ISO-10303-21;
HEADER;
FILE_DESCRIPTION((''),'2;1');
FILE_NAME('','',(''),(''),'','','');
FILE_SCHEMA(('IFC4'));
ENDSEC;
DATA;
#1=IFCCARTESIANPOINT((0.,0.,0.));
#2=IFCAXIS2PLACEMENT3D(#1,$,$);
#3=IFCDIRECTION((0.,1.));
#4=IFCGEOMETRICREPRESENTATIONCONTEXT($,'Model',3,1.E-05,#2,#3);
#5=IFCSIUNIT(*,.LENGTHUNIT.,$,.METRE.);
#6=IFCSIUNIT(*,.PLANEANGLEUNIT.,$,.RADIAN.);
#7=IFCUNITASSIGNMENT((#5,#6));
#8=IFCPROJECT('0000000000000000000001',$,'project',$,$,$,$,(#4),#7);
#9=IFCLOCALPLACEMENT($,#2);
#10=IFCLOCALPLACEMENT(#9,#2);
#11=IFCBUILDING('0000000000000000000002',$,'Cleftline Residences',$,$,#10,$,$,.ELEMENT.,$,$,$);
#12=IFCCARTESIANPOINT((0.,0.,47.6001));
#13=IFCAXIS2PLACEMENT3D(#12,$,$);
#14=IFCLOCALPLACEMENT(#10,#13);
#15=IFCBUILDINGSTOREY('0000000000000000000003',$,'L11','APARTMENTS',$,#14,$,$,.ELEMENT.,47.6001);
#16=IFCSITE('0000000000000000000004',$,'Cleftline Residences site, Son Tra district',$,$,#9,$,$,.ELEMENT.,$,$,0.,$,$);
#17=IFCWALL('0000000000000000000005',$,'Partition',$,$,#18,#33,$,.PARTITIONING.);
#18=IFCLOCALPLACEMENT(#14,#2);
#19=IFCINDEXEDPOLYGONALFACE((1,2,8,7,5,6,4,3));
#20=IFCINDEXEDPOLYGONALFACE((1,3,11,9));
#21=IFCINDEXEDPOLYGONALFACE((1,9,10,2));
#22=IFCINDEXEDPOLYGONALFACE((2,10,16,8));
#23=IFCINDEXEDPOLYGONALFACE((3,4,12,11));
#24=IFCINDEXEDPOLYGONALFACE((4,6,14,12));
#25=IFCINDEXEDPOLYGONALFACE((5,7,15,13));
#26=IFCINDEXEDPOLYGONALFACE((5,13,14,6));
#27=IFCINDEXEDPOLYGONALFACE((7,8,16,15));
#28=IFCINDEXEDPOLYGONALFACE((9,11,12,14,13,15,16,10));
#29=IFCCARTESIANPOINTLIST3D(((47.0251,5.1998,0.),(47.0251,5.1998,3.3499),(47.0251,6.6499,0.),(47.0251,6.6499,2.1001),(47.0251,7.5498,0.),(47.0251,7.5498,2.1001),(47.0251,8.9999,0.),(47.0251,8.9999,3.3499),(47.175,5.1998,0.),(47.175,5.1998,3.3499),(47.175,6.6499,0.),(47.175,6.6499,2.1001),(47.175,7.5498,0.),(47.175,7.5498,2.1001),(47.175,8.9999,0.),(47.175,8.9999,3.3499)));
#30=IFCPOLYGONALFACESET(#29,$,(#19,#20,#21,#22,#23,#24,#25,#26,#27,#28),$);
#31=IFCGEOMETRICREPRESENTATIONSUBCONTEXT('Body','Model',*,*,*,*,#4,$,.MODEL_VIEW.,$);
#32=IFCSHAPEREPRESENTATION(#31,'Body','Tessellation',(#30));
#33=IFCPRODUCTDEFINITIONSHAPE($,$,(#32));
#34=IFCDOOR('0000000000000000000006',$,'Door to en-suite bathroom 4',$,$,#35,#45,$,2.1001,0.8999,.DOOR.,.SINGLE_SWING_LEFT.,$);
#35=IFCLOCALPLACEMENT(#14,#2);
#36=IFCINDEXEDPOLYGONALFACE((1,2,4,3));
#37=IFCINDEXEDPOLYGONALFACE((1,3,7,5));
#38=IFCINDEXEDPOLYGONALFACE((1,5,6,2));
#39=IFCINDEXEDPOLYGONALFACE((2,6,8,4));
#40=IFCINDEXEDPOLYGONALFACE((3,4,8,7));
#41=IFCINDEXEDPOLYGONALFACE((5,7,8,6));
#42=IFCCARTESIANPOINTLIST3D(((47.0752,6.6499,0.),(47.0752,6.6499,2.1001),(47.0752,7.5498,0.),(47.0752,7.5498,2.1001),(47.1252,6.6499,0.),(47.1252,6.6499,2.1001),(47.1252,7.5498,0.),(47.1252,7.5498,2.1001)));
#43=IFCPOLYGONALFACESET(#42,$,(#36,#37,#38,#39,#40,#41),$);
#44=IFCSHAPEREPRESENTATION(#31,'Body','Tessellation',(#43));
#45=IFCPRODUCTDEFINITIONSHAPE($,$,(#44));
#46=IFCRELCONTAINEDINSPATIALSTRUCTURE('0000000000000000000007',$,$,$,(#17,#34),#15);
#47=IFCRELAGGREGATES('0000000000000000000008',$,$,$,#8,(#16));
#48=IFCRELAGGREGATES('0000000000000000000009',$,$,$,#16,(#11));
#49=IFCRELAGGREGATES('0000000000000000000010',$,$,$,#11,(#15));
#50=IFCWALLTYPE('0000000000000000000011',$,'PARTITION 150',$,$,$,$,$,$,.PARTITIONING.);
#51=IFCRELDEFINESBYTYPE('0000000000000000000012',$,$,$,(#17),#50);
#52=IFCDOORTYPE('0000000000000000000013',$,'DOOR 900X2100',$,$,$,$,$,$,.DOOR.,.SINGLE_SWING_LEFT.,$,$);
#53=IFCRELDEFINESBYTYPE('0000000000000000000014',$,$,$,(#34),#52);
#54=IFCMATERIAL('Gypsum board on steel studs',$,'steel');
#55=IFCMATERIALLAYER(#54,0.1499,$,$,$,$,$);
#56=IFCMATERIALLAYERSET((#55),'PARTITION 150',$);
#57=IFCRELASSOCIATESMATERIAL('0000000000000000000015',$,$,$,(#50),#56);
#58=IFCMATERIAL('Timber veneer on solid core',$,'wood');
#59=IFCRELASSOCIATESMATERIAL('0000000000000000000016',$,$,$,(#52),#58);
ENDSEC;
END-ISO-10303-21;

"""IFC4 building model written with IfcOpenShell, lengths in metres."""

from ifc_helpers import new_model, si_unit, direction, frame, frame_2d, origin, place, context, subcontext, project, spatial, rectangle, extrude, material, layer, layer_set, type_object, element, fill, save


model = new_model("IFC4")

# Units and contexts
model_context = context("Model", 3, precision=1e-05, world=origin(), true_north=direction((0.0, 1.0)))
body_context = subcontext(model_context, "Body", "Model", "MODEL_VIEW")
ifc_project = project(units=[si_unit("LENGTHUNIT", "METRE"), si_unit("PLANEANGLEUNIT", "RADIAN")], contexts=[model_context])

# Site, building, storey
site_placement = place(None, origin())
site = spatial("IfcSite", under=ifc_project, at=site_placement, Name="Cleftline Residences site, Son Tra district", CompositionType="ELEMENT", RefElevation=0.0)
building_placement = place(site_placement, origin())
building = spatial("IfcBuilding", under=site, at=building_placement, Name="Cleftline Residences", CompositionType="ELEMENT")
storey_placement = place(building_placement, frame((0.0, 0.0, 47.6001)))
storey = spatial("IfcBuildingStorey", under=building, at=storey_placement, Name="L11", Description="APARTMENTS", CompositionType="ELEMENT", Elevation=47.6001)

# Shared definitions
ifc_material_1 = material(Name="Gypsum board on steel studs", Category="steel")
ifc_layer_1 = layer(ifc_material_1, 0.1499)
ifc_layer_set_1 = layer_set([ifc_layer_1], Name="PARTITION 150")
wall_type = type_object("IfcWallType", Name="PARTITION 150", PredefinedType="PARTITIONING", material=ifc_layer_set_1)

# Shared definitions
ifc_material_2 = material(Name="Timber veneer on solid core", Category="wood")
door_type_1 = type_object("IfcDoorType", Name="DOOR 900X2100", OperationType="SINGLE_SWING_LEFT", PredefinedType="DOOR", material=ifc_material_2)

# Wall, opening, door
wall_1_placement = place(storey_placement, frame((47.1001, 5.2, 0.0), z_axis=(0.0, 0.0, 1.0), x_axis=(0.0, 1.0, 0.0)))
wall_1 = element("IfcWall", 1, at=wall_1_placement, inside=storey, type_object=wall_type, Name="Partition", PredefinedType="PARTITIONING", context=body_context, shape_type="SweptSolid", body=[
    extrude(rectangle(XDim=3.8, YDim=0.1499, at=frame_2d((1.8999, 0.0))), origin(), (0.0, 0.0, 1.0), 3.3499),
])
opening_1_placement = place(wall_1_placement, frame((1.45, 0.0, 0.0)))
opening_1 = element("IfcOpeningElement", 2, at=opening_1_placement, cuts=wall_1, PredefinedType="OPENING", context=body_context, shape_type="SweptSolid", body=[
    extrude(rectangle(XDim=0.8999, YDim=2.1001, at=frame_2d((0.45, 1.05))), frame((0.0, 0.085, 0.0), z_axis=(0.0, -1.0, 0.0), x_axis=(1.0, 0.0, 0.0)), (0.0, 0.0, 1.0), 0.1699),
])
door_1_placement = place(opening_1_placement, origin())
door_1 = element("IfcDoor", 3, at=door_1_placement, inside=storey, type_object=door_type_1, Name="Door to en-suite bathroom 4", OperationType="SINGLE_SWING_LEFT", OverallHeight=2.1001, OverallWidth=0.8999, PredefinedType="DOOR", context=body_context, shape_type="SweptSolid", body=[
    extrude(rectangle(XDim=0.8999, YDim=2.1001, at=frame_2d((0.45, 1.05))), frame((0.0, 0.0249, 0.0), z_axis=(0.0, -1.0, 0.0), x_axis=(1.0, 0.0, 0.0)), (0.0, 0.0, 1.0), 0.05),
])
fill(opening_1, door_1)

save(model, "model.ifc")
